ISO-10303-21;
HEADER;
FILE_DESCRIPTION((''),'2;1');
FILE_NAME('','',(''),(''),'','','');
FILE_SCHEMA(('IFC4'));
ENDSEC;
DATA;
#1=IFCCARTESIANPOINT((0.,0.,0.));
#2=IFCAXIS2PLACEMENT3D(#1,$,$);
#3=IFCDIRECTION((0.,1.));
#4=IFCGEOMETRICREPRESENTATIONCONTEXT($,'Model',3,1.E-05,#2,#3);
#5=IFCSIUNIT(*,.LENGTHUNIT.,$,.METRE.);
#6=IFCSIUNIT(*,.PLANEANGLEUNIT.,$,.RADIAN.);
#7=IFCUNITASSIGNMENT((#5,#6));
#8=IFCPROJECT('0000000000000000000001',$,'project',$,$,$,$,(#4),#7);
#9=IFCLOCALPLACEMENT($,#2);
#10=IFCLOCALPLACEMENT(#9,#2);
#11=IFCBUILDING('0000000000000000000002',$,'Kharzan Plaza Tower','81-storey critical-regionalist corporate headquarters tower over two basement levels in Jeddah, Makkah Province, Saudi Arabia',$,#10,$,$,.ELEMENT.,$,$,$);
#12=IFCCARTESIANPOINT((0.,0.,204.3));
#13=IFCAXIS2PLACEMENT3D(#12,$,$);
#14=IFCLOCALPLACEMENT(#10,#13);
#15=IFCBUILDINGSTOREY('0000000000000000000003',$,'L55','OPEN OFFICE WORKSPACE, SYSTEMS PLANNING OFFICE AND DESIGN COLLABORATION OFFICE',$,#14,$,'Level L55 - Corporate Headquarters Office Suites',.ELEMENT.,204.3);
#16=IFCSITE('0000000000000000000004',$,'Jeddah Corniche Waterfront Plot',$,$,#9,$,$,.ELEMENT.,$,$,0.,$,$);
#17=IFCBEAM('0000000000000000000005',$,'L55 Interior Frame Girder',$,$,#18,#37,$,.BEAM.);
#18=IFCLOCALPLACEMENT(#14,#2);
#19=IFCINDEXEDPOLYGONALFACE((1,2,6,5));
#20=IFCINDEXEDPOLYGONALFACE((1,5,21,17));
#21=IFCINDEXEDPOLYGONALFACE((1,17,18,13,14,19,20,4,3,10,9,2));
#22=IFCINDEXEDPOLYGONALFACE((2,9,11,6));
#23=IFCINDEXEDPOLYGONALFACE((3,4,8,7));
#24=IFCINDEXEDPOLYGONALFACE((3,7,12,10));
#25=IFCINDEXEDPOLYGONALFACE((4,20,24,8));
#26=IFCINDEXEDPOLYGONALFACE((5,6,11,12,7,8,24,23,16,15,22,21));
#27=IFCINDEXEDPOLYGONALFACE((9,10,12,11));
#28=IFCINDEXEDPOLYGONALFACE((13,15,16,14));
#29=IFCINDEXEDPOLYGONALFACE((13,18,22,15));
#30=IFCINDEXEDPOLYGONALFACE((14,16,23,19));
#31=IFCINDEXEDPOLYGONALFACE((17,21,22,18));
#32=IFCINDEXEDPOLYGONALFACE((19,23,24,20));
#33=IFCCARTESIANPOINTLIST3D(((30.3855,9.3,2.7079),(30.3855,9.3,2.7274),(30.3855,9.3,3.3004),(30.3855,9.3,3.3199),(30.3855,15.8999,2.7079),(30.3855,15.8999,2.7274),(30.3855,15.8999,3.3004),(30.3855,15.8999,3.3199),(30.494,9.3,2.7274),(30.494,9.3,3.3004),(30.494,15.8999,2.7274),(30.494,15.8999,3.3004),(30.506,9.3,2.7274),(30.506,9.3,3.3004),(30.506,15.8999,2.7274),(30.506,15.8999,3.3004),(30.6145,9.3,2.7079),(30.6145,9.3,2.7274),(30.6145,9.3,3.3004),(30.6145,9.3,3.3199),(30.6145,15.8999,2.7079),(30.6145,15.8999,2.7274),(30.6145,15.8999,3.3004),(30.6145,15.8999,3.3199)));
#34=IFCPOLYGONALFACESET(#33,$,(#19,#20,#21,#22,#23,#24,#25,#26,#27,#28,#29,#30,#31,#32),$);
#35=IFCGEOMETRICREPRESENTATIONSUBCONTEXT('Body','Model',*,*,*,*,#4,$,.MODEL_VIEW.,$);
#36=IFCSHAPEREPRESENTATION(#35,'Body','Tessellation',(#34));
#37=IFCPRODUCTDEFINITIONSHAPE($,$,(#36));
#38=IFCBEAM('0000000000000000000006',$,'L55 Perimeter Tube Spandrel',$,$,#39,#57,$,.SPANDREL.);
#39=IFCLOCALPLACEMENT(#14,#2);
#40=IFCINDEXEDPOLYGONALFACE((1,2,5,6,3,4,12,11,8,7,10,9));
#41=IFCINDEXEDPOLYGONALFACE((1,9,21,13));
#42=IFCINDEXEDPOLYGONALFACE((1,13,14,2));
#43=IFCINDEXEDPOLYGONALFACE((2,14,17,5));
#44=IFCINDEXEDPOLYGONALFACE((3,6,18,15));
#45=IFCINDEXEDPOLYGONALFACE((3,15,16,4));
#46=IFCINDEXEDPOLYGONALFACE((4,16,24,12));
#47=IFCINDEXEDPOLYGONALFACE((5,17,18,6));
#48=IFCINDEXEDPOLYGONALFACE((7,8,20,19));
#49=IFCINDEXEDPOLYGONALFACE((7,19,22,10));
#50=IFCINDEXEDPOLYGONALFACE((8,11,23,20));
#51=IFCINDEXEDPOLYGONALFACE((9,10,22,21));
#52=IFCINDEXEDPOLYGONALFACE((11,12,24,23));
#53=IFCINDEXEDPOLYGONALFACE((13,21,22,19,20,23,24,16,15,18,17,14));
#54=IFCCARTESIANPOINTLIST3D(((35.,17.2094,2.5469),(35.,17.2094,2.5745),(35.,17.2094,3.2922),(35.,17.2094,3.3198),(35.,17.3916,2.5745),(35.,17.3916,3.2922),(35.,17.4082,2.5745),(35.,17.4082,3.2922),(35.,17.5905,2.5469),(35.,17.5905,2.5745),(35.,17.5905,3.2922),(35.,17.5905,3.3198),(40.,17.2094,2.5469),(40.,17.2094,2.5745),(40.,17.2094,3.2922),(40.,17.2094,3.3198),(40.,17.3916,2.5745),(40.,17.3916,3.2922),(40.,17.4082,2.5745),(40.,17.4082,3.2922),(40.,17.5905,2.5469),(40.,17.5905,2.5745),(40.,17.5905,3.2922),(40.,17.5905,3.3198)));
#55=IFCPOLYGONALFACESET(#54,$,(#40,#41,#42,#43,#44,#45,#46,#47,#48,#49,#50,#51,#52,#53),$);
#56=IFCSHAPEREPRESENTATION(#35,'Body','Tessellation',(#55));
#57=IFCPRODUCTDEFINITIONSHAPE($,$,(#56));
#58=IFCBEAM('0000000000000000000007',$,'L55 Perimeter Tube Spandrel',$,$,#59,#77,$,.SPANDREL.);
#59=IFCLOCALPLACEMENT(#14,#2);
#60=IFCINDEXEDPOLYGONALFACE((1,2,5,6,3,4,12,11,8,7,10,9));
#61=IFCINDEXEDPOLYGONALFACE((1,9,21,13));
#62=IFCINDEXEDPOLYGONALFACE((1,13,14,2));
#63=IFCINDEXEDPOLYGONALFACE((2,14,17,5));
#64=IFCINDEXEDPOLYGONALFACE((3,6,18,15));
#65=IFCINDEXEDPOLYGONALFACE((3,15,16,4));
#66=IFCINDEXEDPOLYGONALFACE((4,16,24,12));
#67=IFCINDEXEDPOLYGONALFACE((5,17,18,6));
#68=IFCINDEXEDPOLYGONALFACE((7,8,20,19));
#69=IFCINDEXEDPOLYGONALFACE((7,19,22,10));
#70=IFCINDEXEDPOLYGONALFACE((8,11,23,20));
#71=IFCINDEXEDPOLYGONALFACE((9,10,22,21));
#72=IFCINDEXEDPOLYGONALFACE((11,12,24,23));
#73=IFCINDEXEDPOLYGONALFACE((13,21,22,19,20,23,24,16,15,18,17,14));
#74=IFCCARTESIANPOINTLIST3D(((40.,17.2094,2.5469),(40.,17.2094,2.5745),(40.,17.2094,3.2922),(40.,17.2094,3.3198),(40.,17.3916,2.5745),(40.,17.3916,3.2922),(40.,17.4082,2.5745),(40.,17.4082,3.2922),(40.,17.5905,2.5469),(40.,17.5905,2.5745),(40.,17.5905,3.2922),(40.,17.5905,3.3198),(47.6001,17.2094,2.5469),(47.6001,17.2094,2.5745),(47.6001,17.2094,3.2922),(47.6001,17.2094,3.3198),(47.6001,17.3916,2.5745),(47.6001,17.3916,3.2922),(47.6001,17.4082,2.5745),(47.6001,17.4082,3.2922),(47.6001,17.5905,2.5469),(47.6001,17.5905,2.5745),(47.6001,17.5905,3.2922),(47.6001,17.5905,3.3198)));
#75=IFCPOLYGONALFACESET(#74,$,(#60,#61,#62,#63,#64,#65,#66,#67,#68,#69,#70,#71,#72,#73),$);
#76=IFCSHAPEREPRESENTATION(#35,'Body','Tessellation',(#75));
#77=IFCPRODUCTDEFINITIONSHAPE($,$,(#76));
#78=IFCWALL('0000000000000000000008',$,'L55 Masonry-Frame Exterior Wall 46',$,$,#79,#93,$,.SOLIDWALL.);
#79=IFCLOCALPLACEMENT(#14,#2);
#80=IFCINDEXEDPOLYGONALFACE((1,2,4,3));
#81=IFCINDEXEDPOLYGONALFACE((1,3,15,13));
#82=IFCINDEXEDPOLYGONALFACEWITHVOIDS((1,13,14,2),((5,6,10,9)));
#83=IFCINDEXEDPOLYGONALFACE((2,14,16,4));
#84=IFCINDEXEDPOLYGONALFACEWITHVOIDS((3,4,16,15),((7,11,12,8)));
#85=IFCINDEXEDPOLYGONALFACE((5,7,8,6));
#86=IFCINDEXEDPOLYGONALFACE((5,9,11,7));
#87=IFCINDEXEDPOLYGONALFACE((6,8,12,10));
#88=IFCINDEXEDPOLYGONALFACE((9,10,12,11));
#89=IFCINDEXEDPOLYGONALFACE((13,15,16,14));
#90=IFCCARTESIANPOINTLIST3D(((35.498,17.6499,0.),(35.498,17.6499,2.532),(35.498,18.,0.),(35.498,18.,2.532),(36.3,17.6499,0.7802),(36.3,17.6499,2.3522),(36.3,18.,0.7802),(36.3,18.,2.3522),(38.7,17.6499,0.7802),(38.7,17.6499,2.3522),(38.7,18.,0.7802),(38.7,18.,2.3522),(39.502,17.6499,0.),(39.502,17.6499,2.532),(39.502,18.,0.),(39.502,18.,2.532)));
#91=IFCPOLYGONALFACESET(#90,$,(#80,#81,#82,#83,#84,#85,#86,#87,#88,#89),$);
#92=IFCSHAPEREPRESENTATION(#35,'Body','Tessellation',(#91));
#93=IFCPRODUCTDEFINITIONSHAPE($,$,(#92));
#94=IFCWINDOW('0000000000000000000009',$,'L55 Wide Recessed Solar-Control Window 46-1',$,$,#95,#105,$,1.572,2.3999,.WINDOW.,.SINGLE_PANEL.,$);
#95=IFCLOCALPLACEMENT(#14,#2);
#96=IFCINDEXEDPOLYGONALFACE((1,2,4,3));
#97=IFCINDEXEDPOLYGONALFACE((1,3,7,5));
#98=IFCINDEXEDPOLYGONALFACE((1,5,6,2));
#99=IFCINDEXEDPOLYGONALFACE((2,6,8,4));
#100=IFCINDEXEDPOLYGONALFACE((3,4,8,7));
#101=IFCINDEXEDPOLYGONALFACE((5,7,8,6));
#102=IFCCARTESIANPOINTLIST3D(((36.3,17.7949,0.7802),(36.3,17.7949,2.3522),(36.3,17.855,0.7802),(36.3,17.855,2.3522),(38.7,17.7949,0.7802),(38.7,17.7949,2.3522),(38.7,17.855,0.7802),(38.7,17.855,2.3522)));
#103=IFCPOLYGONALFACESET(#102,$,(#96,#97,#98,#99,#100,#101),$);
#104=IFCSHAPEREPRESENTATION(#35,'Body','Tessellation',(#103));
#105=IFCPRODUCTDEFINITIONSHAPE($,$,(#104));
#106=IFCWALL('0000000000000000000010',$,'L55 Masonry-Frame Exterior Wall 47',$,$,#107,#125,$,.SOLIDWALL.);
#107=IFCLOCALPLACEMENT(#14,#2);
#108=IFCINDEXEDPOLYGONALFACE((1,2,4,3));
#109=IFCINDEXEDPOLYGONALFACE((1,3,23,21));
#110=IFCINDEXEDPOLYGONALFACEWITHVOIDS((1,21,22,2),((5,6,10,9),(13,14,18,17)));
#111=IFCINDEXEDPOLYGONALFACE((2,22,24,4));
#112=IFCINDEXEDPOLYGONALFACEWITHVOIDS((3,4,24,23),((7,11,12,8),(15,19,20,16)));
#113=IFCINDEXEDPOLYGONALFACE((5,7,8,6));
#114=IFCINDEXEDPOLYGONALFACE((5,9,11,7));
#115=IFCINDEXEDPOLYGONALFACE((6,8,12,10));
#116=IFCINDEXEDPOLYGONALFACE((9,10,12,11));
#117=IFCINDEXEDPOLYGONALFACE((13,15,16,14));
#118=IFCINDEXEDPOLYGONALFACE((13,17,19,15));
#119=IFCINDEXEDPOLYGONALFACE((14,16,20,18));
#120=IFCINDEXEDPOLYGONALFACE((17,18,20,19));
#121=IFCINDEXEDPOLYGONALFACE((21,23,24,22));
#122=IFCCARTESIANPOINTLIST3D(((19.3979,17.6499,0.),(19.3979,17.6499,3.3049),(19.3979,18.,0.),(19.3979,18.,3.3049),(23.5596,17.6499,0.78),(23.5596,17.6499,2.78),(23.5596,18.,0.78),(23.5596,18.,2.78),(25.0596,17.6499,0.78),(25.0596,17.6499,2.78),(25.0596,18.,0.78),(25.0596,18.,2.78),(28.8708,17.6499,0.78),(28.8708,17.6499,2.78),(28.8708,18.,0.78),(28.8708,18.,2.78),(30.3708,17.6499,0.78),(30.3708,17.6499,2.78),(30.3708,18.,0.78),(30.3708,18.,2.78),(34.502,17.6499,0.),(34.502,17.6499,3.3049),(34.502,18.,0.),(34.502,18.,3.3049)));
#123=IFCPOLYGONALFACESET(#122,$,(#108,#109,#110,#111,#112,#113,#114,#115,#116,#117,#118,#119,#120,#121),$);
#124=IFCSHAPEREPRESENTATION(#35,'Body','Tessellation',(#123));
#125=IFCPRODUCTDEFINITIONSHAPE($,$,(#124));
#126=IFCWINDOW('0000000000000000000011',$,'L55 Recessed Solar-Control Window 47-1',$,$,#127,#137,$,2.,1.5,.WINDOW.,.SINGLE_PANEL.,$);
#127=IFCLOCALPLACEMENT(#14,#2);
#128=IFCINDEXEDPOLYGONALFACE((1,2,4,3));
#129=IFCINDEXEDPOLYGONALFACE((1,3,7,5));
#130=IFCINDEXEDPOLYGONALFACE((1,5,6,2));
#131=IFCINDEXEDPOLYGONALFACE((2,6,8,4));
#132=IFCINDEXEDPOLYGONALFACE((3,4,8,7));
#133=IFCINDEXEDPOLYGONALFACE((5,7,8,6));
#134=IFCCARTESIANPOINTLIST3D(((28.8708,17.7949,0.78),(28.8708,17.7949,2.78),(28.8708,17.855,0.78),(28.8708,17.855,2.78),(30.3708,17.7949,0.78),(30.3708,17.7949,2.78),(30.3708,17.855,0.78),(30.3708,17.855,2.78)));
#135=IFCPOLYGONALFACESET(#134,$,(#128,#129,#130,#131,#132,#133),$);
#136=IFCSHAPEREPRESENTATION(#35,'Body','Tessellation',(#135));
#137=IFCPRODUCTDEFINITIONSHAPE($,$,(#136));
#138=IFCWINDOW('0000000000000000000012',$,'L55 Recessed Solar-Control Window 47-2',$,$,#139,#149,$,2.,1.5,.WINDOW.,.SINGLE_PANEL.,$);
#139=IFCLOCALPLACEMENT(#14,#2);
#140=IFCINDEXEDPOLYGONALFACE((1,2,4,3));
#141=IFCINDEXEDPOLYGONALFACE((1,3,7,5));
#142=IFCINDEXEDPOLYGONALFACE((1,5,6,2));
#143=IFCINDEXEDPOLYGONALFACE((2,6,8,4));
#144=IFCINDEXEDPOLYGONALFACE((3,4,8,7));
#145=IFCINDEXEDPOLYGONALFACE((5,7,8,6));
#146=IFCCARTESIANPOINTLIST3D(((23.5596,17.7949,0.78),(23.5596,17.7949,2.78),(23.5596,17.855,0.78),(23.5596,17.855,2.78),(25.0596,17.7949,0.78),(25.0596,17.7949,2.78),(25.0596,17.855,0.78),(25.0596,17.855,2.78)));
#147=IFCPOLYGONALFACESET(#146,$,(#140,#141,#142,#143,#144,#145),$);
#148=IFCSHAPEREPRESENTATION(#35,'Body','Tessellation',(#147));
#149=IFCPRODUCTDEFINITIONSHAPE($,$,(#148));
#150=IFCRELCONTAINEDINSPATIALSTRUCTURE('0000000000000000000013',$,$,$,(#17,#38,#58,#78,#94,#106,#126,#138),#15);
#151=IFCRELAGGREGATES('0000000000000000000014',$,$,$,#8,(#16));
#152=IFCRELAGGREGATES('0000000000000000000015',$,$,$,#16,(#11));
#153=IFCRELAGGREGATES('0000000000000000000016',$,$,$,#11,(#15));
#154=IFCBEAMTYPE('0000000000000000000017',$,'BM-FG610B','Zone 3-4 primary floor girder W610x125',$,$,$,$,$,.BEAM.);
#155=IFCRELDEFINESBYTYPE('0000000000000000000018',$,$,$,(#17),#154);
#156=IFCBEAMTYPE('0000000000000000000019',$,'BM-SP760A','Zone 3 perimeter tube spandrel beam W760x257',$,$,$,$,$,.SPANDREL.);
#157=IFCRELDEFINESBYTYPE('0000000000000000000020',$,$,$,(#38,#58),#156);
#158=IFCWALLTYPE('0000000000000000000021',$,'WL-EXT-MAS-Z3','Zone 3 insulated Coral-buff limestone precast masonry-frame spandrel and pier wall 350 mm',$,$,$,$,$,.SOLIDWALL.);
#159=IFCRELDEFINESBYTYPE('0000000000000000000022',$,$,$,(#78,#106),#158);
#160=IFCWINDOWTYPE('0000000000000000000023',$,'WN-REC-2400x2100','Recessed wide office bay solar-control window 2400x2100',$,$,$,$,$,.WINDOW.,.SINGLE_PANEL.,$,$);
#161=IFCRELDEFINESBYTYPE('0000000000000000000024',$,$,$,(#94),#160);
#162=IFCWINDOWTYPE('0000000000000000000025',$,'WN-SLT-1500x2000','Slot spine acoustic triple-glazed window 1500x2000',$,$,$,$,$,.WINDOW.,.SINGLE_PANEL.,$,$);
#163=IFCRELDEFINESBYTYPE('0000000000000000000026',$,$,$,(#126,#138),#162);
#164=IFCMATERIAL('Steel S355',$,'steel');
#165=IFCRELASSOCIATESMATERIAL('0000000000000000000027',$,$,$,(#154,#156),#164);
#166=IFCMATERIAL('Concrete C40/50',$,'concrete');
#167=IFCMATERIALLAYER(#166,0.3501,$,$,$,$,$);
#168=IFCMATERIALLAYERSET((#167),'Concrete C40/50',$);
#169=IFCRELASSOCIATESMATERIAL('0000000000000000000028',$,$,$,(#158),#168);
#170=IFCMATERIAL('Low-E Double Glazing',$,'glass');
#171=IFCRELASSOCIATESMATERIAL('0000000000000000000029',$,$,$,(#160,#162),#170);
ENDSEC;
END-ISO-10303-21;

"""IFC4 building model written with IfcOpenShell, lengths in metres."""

from ifc_helpers import new_model, si_unit, direction, frame, frame_2d, origin, origin_2d, place, context, subcontext, project, spatial, rectangle, i_section, extrude, source, transform, mapped, material, layer, layer_set, material_profile, profile_set, type_object, element, fill, save


model = new_model("IFC4")

# Units and contexts
model_context = context("Model", 3, precision=1e-05, world=origin(), true_north=direction((0.0, 1.0)))
body_context = subcontext(model_context, "Body", "Model", "MODEL_VIEW")
ifc_project = project(units=[si_unit("LENGTHUNIT", "METRE"), si_unit("PLANEANGLEUNIT", "RADIAN")], contexts=[model_context])

# Site, building, storey
site_placement = place(None, origin())
site = spatial("IfcSite", under=ifc_project, at=site_placement, Name="Jeddah Corniche Waterfront Plot", CompositionType="ELEMENT", RefElevation=0.0)
building_placement = place(site_placement, origin())
building = spatial("IfcBuilding", under=site, at=building_placement, Name="Kharzan Plaza Tower", Description="81-storey critical-regionalist corporate headquarters tower over two basement levels in Jeddah, Makkah Province, Saudi Arabia", CompositionType="ELEMENT")
storey_placement = place(building_placement, frame((0.0, 0.0, 204.3)))
storey = spatial("IfcBuildingStorey", under=building, at=storey_placement, Name="L55", Description="OPEN OFFICE WORKSPACE, SYSTEMS PLANNING OFFICE AND DESIGN COLLABORATION OFFICE", LongName="Level L55 - Corporate Headquarters Office Suites", CompositionType="ELEMENT", Elevation=204.3)

# Beams
ifc_material_1 = material(Name="Steel S355", Category="steel")
ifc_material_profile_1 = material_profile(ifc_material_1, i_section(OverallWidth=0.229, OverallDepth=0.6121, WebThickness=0.012, FlangeThickness=0.0195, at=origin_2d()), Name="W610x125")
ifc_profile_set_1 = profile_set([ifc_material_profile_1], Name="Steel S355")
beam_type_1 = type_object("IfcBeamType", Name="BM-FG610B", Description="Zone 3-4 primary floor girder W610x125", PredefinedType="BEAM", material=ifc_profile_set_1)
shared_shape_1 = source(origin(), body_context, "Body", "SweptSolid", [
    extrude(i_section(OverallWidth=0.229, OverallDepth=0.6121, WebThickness=0.012, FlangeThickness=0.0195, at=origin_2d()), origin(), (0.0, 0.0, 1.0), 6.5999),
])
beam_1_placement = place(storey_placement, frame((30.5, 9.3, 3.0139), z_axis=(0.0, 1.0, 0.0), x_axis=(-1.0, 0.0, 0.0)))
element("IfcBeam", 1, at=beam_1_placement, inside=storey, type_object=beam_type_1, Name="L55 Interior Frame Girder", PredefinedType="BEAM", context=body_context, shape_type="MappedRepresentation", body=[
    mapped(shared_shape_1, transform((0.0, 0.0, 0.0), x_axis=(1.0, 0.0, 0.0), y_axis=(0.0, 1.0, 0.0), z_axis=(0.0, 0.0, 1.0))),
])
ifc_material_profile_2 = material_profile(ifc_material_1, i_section(OverallWidth=0.3811, OverallDepth=0.7729, WebThickness=0.0166, FlangeThickness=0.0276, at=origin_2d()), Name="W760x257")
ifc_profile_set_2 = profile_set([ifc_material_profile_2], Name="Steel S355")
beam_type_2 = type_object("IfcBeamType", Name="BM-SP760A", Description="Zone 3 perimeter tube spandrel beam W760x257", PredefinedType="SPANDREL", material=ifc_profile_set_2)
shared_shape_2 = source(origin(), body_context, "Body", "SweptSolid", [
    extrude(i_section(OverallWidth=0.3811, OverallDepth=0.7729, WebThickness=0.0166, FlangeThickness=0.0276, at=origin_2d()), origin(), (0.0, 0.0, 1.0), 5.0),
])
beam_2_placement = place(storey_placement, frame((35.0, 17.3999, 2.9333), z_axis=(1.0, 0.0, 0.0), x_axis=(0.0, 1.0, 0.0)))
element("IfcBeam", 2, at=beam_2_placement, inside=storey, type_object=beam_type_2, Name="L55 Perimeter Tube Spandrel", PredefinedType="SPANDREL", context=body_context, shape_type="MappedRepresentation", body=[
    mapped(shared_shape_2, transform((0.0, 0.0, 0.0), x_axis=(1.0, 0.0, 0.0), y_axis=(0.0, 1.0, 0.0), z_axis=(0.0, 0.0, 1.0))),
])
shared_shape_3 = source(origin(), body_context, "Body", "SweptSolid", [
    extrude(i_section(OverallWidth=0.3811, OverallDepth=0.7729, WebThickness=0.0166, FlangeThickness=0.0276, at=origin_2d()), origin(), (0.0, 0.0, 1.0), 7.6001),
])
beam_3_placement = place(storey_placement, frame((40.0, 17.3999, 2.9333), z_axis=(1.0, 0.0, 0.0), x_axis=(0.0, 1.0, 0.0)))
element("IfcBeam", 3, at=beam_3_placement, inside=storey, type_object=beam_type_2, Name="L55 Perimeter Tube Spandrel", PredefinedType="SPANDREL", context=body_context, shape_type="MappedRepresentation", body=[
    mapped(shared_shape_3, transform((0.0, 0.0, 0.0), x_axis=(1.0, 0.0, 0.0), y_axis=(0.0, 1.0, 0.0), z_axis=(0.0, 0.0, 1.0))),
])

# Wall, opening, window
ifc_material_2 = material(Name="Concrete C40/50", Category="concrete")
ifc_layer_1 = layer(ifc_material_2, 0.3501)
ifc_layer_set_1 = layer_set([ifc_layer_1], Name="Concrete C40/50")
wall_type_1 = type_object("IfcWallType", Name="WL-EXT-MAS-Z3", Description="Zone 3 insulated Coral-buff limestone precast masonry-frame spandrel and pier wall 350 mm", PredefinedType="SOLIDWALL", material=ifc_layer_set_1)
wall_1_placement = place(storey_placement, frame((39.502, 17.825, 0.0), z_axis=(0.0, 0.0, 1.0), x_axis=(-1.0, 0.0, 0.0)))
wall_1 = element("IfcWall", 4, at=wall_1_placement, inside=storey, type_object=wall_type_1, Name="L55 Masonry-Frame Exterior Wall 46", PredefinedType="SOLIDWALL", context=body_context, shape_type="SweptSolid", body=[
    extrude(rectangle(XDim=4.0039, YDim=0.3501, at=frame_2d((2.002, 0.0))), origin(), (0.0, 0.0, 1.0), 2.532),
])
opening_1_placement = place(wall_1_placement, frame((0.802, 0.0, 0.78)))
opening_1 = element("IfcOpeningElement", 5, at=opening_1_placement, cuts=wall_1, PredefinedType="OPENING", context=body_context, shape_type="SweptSolid", body=[
    extrude(rectangle(XDim=2.3999, YDim=1.572, at=frame_2d((1.2, 0.7861))), frame((0.0, 0.1851, 0.0), z_axis=(0.0, -1.0, 0.0), x_axis=(1.0, 0.0, 0.0)), (0.0, 0.0, 1.0), 0.3701),
])
ifc_material_3 = material(Name="Low-E Double Glazing", Category="glass")
window_type_1 = type_object("IfcWindowType", Name="WN-REC-2400x2100", Description="Recessed wide office bay solar-control window 2400x2100", PartitioningType="SINGLE_PANEL", PredefinedType="WINDOW", material=ifc_material_3)
shared_shape_4 = source(origin(), body_context, "Body", "SweptSolid", [
    extrude(rectangle(XDim=2.3999, YDim=1.572, at=frame_2d((1.2, 0.7861))), frame((0.0, 0.03, 0.0), z_axis=(0.0, -1.0, 0.0), x_axis=(1.0, 0.0, 0.0)), (0.0, 0.0, 1.0), 0.0601),
])
window_1_placement = place(opening_1_placement, origin())
window_1 = element("IfcWindow", 6, at=window_1_placement, inside=storey, type_object=window_type_1, Name="L55 Wide Recessed Solar-Control Window 46-1", OverallHeight=1.572, OverallWidth=2.3999, PartitioningType="SINGLE_PANEL", PredefinedType="WINDOW", context=body_context, shape_type="MappedRepresentation", body=[
    mapped(shared_shape_4, transform((0.0, 0.0, 0.0), x_axis=(1.0, 0.0, 0.0), y_axis=(0.0, 1.0, 0.0), z_axis=(0.0, 0.0, 1.0))),
])
fill(opening_1, window_1)

# Wall, openings, windows
wall_2_placement = place(storey_placement, frame((34.502, 17.825, 0.0), z_axis=(0.0, 0.0, 1.0), x_axis=(-1.0, 0.0, 0.0)))
wall_2 = element("IfcWall", 7, at=wall_2_placement, inside=storey, type_object=wall_type_1, Name="L55 Masonry-Frame Exterior Wall 47", PredefinedType="SOLIDWALL", context=body_context, shape_type="SweptSolid", body=[
    extrude(rectangle(XDim=15.104, YDim=0.3501, at=frame_2d((7.552, 0.0))), origin(), (0.0, 0.0, 1.0), 3.3049),
])
opening_2_placement = place(wall_2_placement, frame((4.1311, 0.0, 0.78)))
opening_2 = element("IfcOpeningElement", 8, at=opening_2_placement, cuts=wall_2, PredefinedType="OPENING", context=body_context, shape_type="SweptSolid", body=[
    extrude(rectangle(XDim=1.5, YDim=2.0, at=frame_2d((0.75, 1.0))), frame((0.0, 0.1851, 0.0), z_axis=(0.0, -1.0, 0.0), x_axis=(1.0, 0.0, 0.0)), (0.0, 0.0, 1.0), 0.3701),
])
opening_3_placement = place(wall_2_placement, frame((9.4424, 0.0, 0.78)))
opening_3 = element("IfcOpeningElement", 9, at=opening_3_placement, cuts=wall_2, PredefinedType="OPENING", context=body_context, shape_type="SweptSolid", body=[
    extrude(rectangle(XDim=1.5, YDim=2.0, at=frame_2d((0.75, 1.0))), frame((0.0, 0.1851, 0.0), z_axis=(0.0, -1.0, 0.0), x_axis=(1.0, 0.0, 0.0)), (0.0, 0.0, 1.0), 0.3701),
])
window_type_2 = type_object("IfcWindowType", Name="WN-SLT-1500x2000", Description="Slot spine acoustic triple-glazed window 1500x2000", PartitioningType="SINGLE_PANEL", PredefinedType="WINDOW", material=ifc_material_3)
shared_shape_5 = source(origin(), body_context, "Body", "SweptSolid", [
    extrude(rectangle(XDim=1.5, YDim=2.0, at=frame_2d((0.75, 1.0))), frame((0.0, 0.03, 0.0), z_axis=(0.0, -1.0, 0.0), x_axis=(1.0, 0.0, 0.0)), (0.0, 0.0, 1.0), 0.0601),
])
window_2_placement = place(opening_2_placement, origin())
window_2 = element("IfcWindow", 10, at=window_2_placement, inside=storey, type_object=window_type_2, Name="L55 Recessed Solar-Control Window 47-1", OverallHeight=2.0, OverallWidth=1.5, PartitioningType="SINGLE_PANEL", PredefinedType="WINDOW", context=body_context, shape_type="MappedRepresentation", body=[
    mapped(shared_shape_5, transform((0.0, 0.0, 0.0), x_axis=(1.0, 0.0, 0.0), y_axis=(0.0, 1.0, 0.0), z_axis=(0.0, 0.0, 1.0))),
])
fill(opening_2, window_2)
window_3_placement = place(opening_3_placement, origin())
window_3 = element("IfcWindow", 11, at=window_3_placement, inside=storey, type_object=window_type_2, Name="L55 Recessed Solar-Control Window 47-2", OverallHeight=2.0, OverallWidth=1.5, PartitioningType="SINGLE_PANEL", PredefinedType="WINDOW", context=body_context, shape_type="MappedRepresentation", body=[
    mapped(shared_shape_5, transform((0.0, 0.0, 0.0), x_axis=(1.0, 0.0, 0.0), y_axis=(0.0, 1.0, 0.0), z_axis=(0.0, 0.0, 1.0))),
])
fill(opening_3, window_3)

save(model, "model.ifc")
